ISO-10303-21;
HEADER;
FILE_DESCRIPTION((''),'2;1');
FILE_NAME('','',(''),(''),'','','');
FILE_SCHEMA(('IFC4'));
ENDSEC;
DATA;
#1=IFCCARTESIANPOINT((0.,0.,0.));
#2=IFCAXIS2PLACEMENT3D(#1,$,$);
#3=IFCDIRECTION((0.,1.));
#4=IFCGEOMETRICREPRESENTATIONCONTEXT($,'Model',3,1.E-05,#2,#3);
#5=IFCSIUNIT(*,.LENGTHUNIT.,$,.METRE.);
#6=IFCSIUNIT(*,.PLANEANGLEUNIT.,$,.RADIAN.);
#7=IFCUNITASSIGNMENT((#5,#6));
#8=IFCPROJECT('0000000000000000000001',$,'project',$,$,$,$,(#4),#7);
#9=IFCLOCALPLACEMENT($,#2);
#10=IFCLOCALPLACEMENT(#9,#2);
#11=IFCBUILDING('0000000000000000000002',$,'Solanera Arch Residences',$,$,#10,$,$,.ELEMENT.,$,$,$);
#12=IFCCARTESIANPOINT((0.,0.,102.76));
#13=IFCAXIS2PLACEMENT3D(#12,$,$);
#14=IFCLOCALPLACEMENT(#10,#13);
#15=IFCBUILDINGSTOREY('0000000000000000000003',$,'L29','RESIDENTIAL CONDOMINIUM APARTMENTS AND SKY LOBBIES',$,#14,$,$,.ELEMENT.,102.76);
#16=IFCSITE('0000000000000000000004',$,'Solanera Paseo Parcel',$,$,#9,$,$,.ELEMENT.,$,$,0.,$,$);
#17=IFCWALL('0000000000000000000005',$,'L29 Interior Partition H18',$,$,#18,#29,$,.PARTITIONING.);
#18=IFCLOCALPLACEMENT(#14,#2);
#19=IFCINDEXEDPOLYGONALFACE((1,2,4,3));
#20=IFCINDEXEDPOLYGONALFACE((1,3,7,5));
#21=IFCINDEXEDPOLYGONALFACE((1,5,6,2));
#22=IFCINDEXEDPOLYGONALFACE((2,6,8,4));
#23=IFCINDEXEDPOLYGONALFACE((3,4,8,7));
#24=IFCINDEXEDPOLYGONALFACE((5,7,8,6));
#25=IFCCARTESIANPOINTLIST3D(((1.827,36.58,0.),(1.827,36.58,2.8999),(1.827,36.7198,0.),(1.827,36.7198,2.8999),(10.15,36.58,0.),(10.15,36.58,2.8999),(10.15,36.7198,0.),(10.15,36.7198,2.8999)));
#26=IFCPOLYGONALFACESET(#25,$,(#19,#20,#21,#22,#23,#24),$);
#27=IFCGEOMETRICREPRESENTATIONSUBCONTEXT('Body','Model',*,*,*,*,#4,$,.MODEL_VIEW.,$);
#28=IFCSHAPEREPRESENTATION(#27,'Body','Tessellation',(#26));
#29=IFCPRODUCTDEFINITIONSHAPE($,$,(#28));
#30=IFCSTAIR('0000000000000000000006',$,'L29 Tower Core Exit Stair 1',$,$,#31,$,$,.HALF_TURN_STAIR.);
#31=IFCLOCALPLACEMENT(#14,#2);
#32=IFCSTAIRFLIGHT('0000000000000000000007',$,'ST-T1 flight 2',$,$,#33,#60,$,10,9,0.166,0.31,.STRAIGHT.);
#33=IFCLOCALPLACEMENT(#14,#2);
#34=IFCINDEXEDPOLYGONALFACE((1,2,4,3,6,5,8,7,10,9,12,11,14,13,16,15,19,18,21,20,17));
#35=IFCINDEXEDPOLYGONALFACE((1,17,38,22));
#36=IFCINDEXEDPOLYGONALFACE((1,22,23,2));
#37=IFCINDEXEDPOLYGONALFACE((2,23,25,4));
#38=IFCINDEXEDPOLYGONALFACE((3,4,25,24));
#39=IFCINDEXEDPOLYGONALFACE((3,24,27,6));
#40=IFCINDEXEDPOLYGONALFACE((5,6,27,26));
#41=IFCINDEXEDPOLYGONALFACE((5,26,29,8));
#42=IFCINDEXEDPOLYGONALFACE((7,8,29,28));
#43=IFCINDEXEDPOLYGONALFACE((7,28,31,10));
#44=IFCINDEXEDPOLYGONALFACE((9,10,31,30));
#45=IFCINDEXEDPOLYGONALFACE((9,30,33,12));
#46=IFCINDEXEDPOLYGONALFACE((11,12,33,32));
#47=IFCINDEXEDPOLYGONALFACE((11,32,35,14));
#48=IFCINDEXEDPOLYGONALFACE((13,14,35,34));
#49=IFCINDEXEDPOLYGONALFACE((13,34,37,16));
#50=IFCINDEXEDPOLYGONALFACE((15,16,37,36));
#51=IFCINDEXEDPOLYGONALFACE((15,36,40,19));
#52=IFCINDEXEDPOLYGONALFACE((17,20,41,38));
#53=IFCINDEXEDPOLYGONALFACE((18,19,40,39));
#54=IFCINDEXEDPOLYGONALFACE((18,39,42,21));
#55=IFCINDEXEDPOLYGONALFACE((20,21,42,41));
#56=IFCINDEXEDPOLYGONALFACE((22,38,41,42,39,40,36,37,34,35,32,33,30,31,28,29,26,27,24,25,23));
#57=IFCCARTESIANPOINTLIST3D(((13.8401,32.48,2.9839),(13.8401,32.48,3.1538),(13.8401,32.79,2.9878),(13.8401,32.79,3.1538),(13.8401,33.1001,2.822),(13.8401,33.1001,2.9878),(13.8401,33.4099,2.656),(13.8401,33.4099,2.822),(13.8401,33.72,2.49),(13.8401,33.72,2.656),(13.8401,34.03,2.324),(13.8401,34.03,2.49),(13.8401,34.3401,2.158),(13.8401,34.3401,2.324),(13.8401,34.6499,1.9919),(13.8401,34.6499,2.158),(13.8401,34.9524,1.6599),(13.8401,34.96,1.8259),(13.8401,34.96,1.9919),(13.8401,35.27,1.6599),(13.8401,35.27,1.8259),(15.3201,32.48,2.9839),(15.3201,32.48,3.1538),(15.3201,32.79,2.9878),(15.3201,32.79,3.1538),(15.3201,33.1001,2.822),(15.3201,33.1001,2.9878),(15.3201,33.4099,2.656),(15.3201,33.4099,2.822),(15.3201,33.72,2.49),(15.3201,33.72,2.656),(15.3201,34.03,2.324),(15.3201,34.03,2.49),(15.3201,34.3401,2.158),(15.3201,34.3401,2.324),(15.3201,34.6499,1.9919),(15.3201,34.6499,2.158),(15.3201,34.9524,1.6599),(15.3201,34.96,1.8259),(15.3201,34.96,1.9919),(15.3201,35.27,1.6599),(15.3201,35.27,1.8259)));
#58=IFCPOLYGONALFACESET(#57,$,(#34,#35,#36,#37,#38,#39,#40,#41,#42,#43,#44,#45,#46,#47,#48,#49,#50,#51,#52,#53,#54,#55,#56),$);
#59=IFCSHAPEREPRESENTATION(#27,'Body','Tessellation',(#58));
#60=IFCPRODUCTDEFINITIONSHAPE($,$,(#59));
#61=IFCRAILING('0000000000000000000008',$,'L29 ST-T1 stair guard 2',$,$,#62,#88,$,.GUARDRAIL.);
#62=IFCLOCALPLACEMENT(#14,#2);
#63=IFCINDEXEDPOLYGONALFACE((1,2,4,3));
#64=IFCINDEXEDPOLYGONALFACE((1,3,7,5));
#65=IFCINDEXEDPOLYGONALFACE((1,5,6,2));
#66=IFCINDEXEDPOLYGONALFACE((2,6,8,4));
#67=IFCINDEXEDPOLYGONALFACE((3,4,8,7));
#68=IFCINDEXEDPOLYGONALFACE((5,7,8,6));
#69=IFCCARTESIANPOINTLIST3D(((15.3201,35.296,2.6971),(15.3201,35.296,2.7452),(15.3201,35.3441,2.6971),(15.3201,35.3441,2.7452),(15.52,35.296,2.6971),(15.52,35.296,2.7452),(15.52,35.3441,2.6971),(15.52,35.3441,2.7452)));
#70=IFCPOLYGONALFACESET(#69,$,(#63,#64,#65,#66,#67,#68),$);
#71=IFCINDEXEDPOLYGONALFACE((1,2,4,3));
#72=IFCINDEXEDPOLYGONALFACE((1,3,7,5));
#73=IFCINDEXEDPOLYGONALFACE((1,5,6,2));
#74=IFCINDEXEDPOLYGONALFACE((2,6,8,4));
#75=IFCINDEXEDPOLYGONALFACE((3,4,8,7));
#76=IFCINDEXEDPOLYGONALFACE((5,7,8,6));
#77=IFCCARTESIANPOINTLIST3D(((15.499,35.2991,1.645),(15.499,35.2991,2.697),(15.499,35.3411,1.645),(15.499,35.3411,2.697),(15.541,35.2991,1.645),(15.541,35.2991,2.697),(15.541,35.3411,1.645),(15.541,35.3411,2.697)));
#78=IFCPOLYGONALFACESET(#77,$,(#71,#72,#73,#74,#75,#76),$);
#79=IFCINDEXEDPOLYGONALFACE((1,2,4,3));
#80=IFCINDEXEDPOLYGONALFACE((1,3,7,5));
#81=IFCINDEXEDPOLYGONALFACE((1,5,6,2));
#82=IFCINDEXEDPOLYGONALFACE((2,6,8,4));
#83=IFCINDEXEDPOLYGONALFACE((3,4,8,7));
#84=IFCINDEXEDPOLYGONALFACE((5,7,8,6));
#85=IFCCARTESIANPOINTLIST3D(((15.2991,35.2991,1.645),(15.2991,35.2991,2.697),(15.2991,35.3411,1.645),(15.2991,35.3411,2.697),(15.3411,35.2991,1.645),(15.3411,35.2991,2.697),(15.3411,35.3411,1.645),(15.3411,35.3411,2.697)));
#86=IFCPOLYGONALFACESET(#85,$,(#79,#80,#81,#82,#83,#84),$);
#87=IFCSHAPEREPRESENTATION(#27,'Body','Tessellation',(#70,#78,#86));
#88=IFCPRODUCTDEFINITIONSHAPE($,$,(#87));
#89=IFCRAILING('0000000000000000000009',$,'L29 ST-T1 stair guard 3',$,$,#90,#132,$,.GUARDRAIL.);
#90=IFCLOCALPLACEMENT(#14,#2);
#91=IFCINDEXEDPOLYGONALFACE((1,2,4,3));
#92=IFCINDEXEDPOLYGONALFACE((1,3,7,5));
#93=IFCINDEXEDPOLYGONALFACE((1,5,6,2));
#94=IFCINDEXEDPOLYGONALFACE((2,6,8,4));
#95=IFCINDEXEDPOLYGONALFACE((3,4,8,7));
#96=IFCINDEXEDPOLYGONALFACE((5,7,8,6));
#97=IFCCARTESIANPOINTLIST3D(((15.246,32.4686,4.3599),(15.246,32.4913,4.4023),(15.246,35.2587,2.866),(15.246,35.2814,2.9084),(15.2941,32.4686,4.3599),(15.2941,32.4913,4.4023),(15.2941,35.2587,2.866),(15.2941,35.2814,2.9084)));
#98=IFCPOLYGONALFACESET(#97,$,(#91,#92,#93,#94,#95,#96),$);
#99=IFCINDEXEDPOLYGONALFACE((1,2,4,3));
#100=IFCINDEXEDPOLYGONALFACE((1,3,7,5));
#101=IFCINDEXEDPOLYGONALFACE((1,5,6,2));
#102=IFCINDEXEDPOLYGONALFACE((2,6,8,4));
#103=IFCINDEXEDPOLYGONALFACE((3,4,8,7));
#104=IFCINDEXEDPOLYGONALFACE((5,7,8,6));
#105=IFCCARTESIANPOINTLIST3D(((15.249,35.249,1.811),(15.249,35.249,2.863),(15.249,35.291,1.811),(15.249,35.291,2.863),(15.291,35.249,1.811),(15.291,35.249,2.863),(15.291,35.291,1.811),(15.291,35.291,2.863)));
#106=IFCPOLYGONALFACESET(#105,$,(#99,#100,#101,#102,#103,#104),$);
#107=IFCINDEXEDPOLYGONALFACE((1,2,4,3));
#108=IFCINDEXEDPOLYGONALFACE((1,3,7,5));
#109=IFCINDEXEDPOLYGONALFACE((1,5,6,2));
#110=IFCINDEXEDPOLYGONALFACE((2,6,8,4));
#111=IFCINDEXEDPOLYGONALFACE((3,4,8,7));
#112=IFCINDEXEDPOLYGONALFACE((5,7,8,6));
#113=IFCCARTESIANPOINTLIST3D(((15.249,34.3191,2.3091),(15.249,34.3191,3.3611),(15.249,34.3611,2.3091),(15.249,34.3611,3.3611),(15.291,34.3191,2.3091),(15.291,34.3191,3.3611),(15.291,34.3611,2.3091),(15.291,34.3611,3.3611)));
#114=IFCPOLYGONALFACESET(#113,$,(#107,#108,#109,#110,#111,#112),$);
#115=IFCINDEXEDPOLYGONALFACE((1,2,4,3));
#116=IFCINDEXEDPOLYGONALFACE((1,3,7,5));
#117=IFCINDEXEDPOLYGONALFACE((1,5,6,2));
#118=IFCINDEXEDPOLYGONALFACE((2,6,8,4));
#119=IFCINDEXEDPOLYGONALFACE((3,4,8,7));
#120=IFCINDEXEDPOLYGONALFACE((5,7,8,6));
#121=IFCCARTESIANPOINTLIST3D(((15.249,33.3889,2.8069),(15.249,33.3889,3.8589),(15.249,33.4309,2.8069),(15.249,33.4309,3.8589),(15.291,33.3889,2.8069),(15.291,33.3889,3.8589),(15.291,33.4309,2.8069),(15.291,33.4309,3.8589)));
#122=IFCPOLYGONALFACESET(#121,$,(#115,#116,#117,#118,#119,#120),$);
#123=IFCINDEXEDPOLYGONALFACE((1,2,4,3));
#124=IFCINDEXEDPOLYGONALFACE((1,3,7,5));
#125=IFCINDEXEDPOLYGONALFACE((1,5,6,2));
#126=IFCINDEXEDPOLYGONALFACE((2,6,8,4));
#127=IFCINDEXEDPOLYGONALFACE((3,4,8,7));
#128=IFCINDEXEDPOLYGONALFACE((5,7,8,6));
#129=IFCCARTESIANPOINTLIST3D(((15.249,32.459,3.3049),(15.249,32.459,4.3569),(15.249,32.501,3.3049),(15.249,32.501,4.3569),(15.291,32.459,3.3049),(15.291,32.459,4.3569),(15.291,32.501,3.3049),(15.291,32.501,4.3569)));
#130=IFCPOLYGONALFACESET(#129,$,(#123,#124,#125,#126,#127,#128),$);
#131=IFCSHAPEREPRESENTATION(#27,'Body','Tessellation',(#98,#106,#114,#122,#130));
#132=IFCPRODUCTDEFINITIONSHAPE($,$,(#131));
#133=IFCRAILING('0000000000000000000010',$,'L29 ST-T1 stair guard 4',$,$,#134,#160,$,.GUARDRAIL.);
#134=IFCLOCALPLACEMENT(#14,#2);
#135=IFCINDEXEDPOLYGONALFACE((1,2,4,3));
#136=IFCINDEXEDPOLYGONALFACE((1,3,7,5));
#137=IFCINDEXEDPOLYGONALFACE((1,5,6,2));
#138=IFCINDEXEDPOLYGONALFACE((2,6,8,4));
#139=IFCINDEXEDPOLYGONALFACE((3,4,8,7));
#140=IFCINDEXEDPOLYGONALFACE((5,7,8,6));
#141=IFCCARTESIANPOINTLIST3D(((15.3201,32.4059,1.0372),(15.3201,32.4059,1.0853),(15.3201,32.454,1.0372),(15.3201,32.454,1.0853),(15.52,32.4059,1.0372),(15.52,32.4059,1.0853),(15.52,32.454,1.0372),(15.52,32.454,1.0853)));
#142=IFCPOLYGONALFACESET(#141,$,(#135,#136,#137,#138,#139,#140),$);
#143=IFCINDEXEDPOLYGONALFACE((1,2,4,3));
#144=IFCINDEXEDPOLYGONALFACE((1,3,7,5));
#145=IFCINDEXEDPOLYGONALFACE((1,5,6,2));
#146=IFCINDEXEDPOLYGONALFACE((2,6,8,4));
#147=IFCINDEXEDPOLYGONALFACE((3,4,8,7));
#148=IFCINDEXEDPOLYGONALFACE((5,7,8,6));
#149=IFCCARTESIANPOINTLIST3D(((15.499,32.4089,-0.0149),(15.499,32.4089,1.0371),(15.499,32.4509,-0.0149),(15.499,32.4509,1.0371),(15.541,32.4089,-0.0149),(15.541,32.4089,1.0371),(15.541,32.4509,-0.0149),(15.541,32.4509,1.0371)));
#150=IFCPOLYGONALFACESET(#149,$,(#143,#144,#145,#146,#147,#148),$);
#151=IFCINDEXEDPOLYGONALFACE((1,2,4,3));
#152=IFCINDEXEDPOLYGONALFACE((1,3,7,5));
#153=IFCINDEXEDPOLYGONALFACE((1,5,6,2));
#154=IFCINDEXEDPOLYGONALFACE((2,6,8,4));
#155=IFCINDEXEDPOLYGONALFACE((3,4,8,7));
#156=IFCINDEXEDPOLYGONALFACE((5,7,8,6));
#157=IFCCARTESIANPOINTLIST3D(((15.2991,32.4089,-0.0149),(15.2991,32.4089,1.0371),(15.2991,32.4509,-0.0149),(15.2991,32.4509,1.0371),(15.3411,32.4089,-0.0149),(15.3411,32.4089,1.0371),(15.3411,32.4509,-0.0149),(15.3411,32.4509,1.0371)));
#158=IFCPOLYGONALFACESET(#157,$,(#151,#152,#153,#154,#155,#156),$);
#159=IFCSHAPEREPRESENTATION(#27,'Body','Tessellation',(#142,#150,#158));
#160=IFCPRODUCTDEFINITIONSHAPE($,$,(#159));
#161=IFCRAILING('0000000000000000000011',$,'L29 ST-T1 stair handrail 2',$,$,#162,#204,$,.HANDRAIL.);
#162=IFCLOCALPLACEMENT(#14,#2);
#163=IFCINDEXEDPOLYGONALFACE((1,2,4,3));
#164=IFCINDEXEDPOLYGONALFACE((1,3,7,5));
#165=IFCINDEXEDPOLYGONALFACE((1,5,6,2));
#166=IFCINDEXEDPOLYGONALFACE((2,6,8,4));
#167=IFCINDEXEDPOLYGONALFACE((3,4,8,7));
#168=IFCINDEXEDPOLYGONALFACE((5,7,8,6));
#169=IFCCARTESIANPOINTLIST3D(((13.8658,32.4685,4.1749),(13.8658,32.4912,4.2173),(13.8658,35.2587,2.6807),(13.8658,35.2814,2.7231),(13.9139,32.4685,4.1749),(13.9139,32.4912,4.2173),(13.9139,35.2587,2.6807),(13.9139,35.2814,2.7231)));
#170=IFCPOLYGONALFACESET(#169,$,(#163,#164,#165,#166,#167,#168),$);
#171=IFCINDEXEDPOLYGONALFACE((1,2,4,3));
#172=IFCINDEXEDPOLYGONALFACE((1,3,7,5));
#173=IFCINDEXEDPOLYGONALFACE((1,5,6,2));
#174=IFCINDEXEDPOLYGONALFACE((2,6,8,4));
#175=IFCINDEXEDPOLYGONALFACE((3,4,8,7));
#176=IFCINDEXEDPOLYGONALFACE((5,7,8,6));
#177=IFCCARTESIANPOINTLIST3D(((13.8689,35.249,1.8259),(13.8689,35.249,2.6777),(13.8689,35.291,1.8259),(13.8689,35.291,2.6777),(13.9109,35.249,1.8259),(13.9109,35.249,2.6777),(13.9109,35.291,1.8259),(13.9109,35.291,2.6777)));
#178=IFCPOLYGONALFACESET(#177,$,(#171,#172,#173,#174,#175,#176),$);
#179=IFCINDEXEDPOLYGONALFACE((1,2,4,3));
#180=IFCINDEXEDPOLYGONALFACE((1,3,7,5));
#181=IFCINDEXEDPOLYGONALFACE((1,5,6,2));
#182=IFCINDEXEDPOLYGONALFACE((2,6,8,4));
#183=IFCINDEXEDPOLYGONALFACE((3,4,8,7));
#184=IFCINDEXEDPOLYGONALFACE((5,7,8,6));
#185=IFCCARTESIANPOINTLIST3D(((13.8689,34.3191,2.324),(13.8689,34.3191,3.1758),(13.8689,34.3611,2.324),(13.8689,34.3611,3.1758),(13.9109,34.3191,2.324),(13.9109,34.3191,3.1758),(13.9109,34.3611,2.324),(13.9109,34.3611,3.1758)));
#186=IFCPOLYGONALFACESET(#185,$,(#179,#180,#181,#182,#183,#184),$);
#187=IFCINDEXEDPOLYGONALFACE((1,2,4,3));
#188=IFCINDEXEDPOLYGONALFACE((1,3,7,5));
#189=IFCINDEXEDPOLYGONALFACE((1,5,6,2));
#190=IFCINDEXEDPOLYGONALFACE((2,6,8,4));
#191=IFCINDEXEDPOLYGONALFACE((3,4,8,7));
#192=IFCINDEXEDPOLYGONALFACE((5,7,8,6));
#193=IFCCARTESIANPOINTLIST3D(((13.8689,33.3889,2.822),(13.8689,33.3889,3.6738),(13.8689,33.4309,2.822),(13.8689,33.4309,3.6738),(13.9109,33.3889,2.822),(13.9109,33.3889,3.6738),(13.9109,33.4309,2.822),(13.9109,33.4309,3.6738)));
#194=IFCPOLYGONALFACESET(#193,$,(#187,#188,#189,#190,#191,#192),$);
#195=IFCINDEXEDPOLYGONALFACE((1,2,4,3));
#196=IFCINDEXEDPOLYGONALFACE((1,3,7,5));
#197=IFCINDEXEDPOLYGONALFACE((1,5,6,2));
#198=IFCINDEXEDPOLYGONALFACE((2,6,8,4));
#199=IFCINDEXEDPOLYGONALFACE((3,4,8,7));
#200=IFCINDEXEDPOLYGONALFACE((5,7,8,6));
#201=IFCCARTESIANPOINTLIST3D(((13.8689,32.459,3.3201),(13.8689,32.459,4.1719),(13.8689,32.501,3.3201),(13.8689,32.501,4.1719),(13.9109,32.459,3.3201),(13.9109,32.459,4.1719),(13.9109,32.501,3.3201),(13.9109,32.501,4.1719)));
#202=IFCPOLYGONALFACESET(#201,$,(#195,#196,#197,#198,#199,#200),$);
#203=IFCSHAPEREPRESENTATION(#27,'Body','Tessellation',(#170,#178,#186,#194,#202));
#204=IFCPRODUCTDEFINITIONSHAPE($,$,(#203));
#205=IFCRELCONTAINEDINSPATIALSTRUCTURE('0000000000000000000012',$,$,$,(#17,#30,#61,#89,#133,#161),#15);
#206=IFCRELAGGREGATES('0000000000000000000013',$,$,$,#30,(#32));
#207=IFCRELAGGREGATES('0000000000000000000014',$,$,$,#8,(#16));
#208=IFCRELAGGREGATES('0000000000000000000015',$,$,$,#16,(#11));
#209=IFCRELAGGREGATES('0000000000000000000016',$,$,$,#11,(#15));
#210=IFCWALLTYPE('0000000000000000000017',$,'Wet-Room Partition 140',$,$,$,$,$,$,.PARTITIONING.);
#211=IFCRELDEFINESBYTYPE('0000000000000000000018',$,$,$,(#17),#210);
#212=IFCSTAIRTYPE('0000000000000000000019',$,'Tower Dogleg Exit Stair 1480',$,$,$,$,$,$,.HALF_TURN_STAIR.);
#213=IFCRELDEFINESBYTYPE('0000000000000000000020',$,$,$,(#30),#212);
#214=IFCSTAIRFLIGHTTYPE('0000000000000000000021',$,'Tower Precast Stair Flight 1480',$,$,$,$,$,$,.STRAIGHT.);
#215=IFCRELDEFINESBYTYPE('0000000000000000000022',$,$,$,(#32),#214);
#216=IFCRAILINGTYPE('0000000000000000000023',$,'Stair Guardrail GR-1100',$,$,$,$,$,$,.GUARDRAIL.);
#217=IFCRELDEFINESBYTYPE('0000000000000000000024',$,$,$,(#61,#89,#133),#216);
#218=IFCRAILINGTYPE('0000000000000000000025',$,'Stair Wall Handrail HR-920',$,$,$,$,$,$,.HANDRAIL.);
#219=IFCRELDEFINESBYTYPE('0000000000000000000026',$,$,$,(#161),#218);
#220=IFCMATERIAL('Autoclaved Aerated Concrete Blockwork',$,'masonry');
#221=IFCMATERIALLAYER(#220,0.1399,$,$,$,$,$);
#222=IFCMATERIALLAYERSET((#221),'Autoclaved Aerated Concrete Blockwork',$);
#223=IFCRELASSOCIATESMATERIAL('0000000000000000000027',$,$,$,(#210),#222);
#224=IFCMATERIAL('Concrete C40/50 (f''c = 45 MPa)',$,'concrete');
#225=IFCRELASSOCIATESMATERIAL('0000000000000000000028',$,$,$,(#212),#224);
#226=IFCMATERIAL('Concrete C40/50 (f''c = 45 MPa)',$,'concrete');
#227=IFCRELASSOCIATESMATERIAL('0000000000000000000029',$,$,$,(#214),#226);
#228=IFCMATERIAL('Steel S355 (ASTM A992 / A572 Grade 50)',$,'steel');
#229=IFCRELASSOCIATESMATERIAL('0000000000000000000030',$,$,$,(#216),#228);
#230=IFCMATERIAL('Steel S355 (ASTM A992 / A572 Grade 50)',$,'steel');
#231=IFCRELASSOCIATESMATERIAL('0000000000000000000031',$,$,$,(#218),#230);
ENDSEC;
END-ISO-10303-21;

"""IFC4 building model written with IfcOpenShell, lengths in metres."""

from ifc_helpers import new_model, si_unit, direction, frame, frame_2d, origin, origin_2d, place, context, subcontext, project, spatial, polyline, rectangle, outline, extrude, material, layer, layer_set, type_object, element, aggregate, save


model = new_model("IFC4")

# Units and contexts
model_context = context("Model", 3, precision=1e-05, world=origin(), true_north=direction((0.0, 1.0)))
body_context = subcontext(model_context, "Body", "Model", "MODEL_VIEW")
ifc_project = project(units=[si_unit("LENGTHUNIT", "METRE"), si_unit("PLANEANGLEUNIT", "RADIAN")], contexts=[model_context])

# Site, building, storey
site_placement = place(None, origin())
site = spatial("IfcSite", under=ifc_project, at=site_placement, Name="Solanera Paseo Parcel", CompositionType="ELEMENT", RefElevation=0.0)
building_placement = place(site_placement, origin())
building = spatial("IfcBuilding", under=site, at=building_placement, Name="Solanera Arch Residences", CompositionType="ELEMENT")
storey_placement = place(building_placement, frame((0.0, 0.0, 102.76)))
storey = spatial("IfcBuildingStorey", under=building, at=storey_placement, Name="L29", Description="RESIDENTIAL CONDOMINIUM APARTMENTS AND SKY LOBBIES", CompositionType="ELEMENT", Elevation=102.76)

# Wall
ifc_material_1 = material(Name="Autoclaved Aerated Concrete Blockwork", Category="masonry")
ifc_layer_1 = layer(ifc_material_1, 0.1399)
ifc_layer_set_1 = layer_set([ifc_layer_1], Name="Autoclaved Aerated Concrete Blockwork")
wall_type_1 = type_object("IfcWallType", Name="Wet-Room Partition 140", PredefinedType="PARTITIONING", material=ifc_layer_set_1)
for number, where, z_axis, x_axis, name in (
    (1, (1.8269, 36.6499, 0.0), (0.0, 0.0, 1.0), (1.0, 0.0, 0.0), "L29 Interior Partition H18"),
):
    element("IfcWall", number, at=place(storey_placement, frame(where, z_axis=z_axis, x_axis=x_axis)), inside=storey, type_object=wall_type_1, Name=name, PredefinedType="PARTITIONING", context=body_context, shape_type="SweptSolid", body=[
        extrude(rectangle(XDim=8.323, YDim=0.1399, at=frame_2d((4.1616, 0.0))), origin(), (0.0, 0.0, 1.0), 2.8999),
    ])

# Stair, stair flight
ifc_material_2 = material(Name="Concrete C40/50 (f'c = 45 MPa)", Category="concrete")
stair_type = type_object("IfcStairType", Name="Tower Dogleg Exit Stair 1480", PredefinedType="HALF_TURN_STAIR", material=ifc_material_2)
stair_placement = place(storey_placement, origin())
stair = element("IfcStair", 2, at=stair_placement, inside=storey, type_object=stair_type, Name="L29 Tower Core Exit Stair 1", PredefinedType="HALF_TURN_STAIR")
ifc_material_3 = material(Name="Concrete C40/50 (f'c = 45 MPa)", Category="concrete")
stair_flight_type = type_object("IfcStairFlightType", Name="Tower Precast Stair Flight 1480", PredefinedType="STRAIGHT", material=ifc_material_3)
stair_flight_placement = place(storey_placement, frame((14.5801, 35.27, 1.6599), z_axis=(0.0, 0.0, 1.0), x_axis=(0.0, -1.0, 0.0)))
stair_flight = element("IfcStairFlight", 3, at=stair_flight_placement, type_object=stair_flight_type, Name="ST-T1 flight 2", NumberOfRisers=10, NumberOfTreads=9, PredefinedType="STRAIGHT", RiserHeight=0.166, TreadLength=0.31, context=body_context, shape_type="SweptSolid", body=[
    extrude(outline(polyline([(0.0, 0.0), (0.0, 0.166), (0.3101, 0.166), (0.3101, 0.332), (0.6201, 0.332), (0.6201, 0.498), (0.9299, 0.498), (0.9299, 0.6641), (1.24, 0.6641), (1.24, 0.8301), (1.55, 0.8301), (1.55, 0.9961), (1.8601, 0.9961), (1.8601, 1.1621), (2.1699, 1.1621), (2.1699, 1.3279), (2.48, 1.3279), (2.48, 1.4939), (2.79, 1.4939), (2.79, 1.6599), (2.79, 1.324), (0.3176, 0.0), (0.0, 0.0)])), frame((0.0, 0.74, 0.0), z_axis=(0.0, -1.0, 0.0), x_axis=(1.0, 0.0, 0.0)), (0.0, 0.0, 1.0), 1.48),
])
aggregate(stair, [stair_flight])

# Railings
ifc_material_4 = material(Name="Steel S355 (ASTM A992 / A572 Grade 50)", Category="steel")
railing_type_1 = type_object("IfcRailingType", Name="Stair Guardrail GR-1100", PredefinedType="GUARDRAIL", material=ifc_material_4)
railing_1_placement = place(storey_placement, frame((15.52, 35.3201, 1.645)))
element("IfcRailing", 4, at=railing_1_placement, inside=storey, type_object=railing_type_1, Name="L29 ST-T1 stair guard 2", PredefinedType="GUARDRAIL", context=body_context, shape_type="SweptSolid", body=[
    extrude(rectangle(XDim=0.0481, YDim=0.0481, at=origin_2d()), frame((0.0, 0.0, 1.0762), z_axis=(-1.0, 0.0, 0.0), x_axis=(0.0, -1.0, 0.0)), (0.0, 0.0, 1.0), 0.2),
    extrude(rectangle(XDim=0.042, YDim=0.042, at=origin_2d()), origin(), (0.0, 0.0, 1.0), 1.052),
    extrude(rectangle(XDim=0.042, YDim=0.042, at=origin_2d()), frame((-0.2, 0.0, 0.0)), (0.0, 0.0, 1.0), 1.052),
])
railing_2_placement = place(storey_placement, frame((15.27, 35.27, 1.811)))
element("IfcRailing", 5, at=railing_2_placement, inside=storey, type_object=railing_type_1, Name="L29 ST-T1 stair guard 3", PredefinedType="GUARDRAIL", context=body_context, shape_type="SweptSolid", body=[
    extrude(rectangle(XDim=0.0481, YDim=0.0481, at=origin_2d()), frame((0.0, 0.0, 1.0762), z_axis=(0.0, -0.881581, 0.472033), x_axis=(1.0, 0.0, 0.0)), (0.0, 0.0, 1.0), 3.1648),
    extrude(rectangle(XDim=0.042, YDim=0.042, at=origin_2d()), origin(), (0.0, 0.0, 1.0), 1.052),
    extrude(rectangle(XDim=0.042, YDim=0.042, at=origin_2d()), frame((0.0, -0.9299, 0.498)), (0.0, 0.0, 1.0), 1.052),
    extrude(rectangle(XDim=0.042, YDim=0.042, at=origin_2d()), frame((0.0, -1.8601, 0.9958)), (0.0, 0.0, 1.0), 1.052),
    extrude(rectangle(XDim=0.042, YDim=0.042, at=origin_2d()), frame((0.0, -2.79, 1.4939)), (0.0, 0.0, 1.0), 1.052),
])
railing_3_placement = place(storey_placement, frame((15.52, 32.4299, -0.0149)))
element("IfcRailing", 6, at=railing_3_placement, inside=storey, type_object=railing_type_1, Name="L29 ST-T1 stair guard 4", PredefinedType="GUARDRAIL", context=body_context, shape_type="SweptSolid", body=[
    extrude(rectangle(XDim=0.0481, YDim=0.0481, at=origin_2d()), frame((0.0, 0.0, 1.0762), z_axis=(-1.0, 0.0, 0.0), x_axis=(0.0, -1.0, 0.0)), (0.0, 0.0, 1.0), 0.2),
    extrude(rectangle(XDim=0.042, YDim=0.042, at=origin_2d()), origin(), (0.0, 0.0, 1.0), 1.052),
    extrude(rectangle(XDim=0.042, YDim=0.042, at=origin_2d()), frame((-0.2, 0.0, 0.0)), (0.0, 0.0, 1.0), 1.052),
])
ifc_material_5 = material(Name="Steel S355 (ASTM A992 / A572 Grade 50)", Category="steel")
railing_type_2 = type_object("IfcRailingType", Name="Stair Wall Handrail HR-920", PredefinedType="HANDRAIL", material=ifc_material_5)
railing_4_placement = place(storey_placement, frame((13.8899, 35.27, 1.8259)))
element("IfcRailing", 7, at=railing_4_placement, inside=storey, type_object=railing_type_2, Name="L29 ST-T1 stair handrail 2", PredefinedType="HANDRAIL", context=body_context, shape_type="SweptSolid", body=[
    extrude(rectangle(XDim=0.0481, YDim=0.0481, at=origin_2d()), frame((0.0, 0.0, 0.876), z_axis=(0.0, -0.881549, 0.472093), x_axis=(1.0, 0.0, 0.0)), (0.0, 0.0, 1.0), 3.165),
    extrude(rectangle(XDim=0.042, YDim=0.042, at=origin_2d()), origin(), (0.0, 0.0, 1.0), 0.8518),
    extrude(rectangle(XDim=0.042, YDim=0.042, at=origin_2d()), frame((0.0, -0.9299, 0.498)), (0.0, 0.0, 1.0), 0.8518),
    extrude(rectangle(XDim=0.042, YDim=0.042, at=origin_2d()), frame((0.0, -1.8601, 0.9961)), (0.0, 0.0, 1.0), 0.8518),
    extrude(rectangle(XDim=0.042, YDim=0.042, at=origin_2d()), frame((0.0, -2.79, 1.4941)), (0.0, 0.0, 1.0), 0.8518),
])

save(model, "model.ifc")
